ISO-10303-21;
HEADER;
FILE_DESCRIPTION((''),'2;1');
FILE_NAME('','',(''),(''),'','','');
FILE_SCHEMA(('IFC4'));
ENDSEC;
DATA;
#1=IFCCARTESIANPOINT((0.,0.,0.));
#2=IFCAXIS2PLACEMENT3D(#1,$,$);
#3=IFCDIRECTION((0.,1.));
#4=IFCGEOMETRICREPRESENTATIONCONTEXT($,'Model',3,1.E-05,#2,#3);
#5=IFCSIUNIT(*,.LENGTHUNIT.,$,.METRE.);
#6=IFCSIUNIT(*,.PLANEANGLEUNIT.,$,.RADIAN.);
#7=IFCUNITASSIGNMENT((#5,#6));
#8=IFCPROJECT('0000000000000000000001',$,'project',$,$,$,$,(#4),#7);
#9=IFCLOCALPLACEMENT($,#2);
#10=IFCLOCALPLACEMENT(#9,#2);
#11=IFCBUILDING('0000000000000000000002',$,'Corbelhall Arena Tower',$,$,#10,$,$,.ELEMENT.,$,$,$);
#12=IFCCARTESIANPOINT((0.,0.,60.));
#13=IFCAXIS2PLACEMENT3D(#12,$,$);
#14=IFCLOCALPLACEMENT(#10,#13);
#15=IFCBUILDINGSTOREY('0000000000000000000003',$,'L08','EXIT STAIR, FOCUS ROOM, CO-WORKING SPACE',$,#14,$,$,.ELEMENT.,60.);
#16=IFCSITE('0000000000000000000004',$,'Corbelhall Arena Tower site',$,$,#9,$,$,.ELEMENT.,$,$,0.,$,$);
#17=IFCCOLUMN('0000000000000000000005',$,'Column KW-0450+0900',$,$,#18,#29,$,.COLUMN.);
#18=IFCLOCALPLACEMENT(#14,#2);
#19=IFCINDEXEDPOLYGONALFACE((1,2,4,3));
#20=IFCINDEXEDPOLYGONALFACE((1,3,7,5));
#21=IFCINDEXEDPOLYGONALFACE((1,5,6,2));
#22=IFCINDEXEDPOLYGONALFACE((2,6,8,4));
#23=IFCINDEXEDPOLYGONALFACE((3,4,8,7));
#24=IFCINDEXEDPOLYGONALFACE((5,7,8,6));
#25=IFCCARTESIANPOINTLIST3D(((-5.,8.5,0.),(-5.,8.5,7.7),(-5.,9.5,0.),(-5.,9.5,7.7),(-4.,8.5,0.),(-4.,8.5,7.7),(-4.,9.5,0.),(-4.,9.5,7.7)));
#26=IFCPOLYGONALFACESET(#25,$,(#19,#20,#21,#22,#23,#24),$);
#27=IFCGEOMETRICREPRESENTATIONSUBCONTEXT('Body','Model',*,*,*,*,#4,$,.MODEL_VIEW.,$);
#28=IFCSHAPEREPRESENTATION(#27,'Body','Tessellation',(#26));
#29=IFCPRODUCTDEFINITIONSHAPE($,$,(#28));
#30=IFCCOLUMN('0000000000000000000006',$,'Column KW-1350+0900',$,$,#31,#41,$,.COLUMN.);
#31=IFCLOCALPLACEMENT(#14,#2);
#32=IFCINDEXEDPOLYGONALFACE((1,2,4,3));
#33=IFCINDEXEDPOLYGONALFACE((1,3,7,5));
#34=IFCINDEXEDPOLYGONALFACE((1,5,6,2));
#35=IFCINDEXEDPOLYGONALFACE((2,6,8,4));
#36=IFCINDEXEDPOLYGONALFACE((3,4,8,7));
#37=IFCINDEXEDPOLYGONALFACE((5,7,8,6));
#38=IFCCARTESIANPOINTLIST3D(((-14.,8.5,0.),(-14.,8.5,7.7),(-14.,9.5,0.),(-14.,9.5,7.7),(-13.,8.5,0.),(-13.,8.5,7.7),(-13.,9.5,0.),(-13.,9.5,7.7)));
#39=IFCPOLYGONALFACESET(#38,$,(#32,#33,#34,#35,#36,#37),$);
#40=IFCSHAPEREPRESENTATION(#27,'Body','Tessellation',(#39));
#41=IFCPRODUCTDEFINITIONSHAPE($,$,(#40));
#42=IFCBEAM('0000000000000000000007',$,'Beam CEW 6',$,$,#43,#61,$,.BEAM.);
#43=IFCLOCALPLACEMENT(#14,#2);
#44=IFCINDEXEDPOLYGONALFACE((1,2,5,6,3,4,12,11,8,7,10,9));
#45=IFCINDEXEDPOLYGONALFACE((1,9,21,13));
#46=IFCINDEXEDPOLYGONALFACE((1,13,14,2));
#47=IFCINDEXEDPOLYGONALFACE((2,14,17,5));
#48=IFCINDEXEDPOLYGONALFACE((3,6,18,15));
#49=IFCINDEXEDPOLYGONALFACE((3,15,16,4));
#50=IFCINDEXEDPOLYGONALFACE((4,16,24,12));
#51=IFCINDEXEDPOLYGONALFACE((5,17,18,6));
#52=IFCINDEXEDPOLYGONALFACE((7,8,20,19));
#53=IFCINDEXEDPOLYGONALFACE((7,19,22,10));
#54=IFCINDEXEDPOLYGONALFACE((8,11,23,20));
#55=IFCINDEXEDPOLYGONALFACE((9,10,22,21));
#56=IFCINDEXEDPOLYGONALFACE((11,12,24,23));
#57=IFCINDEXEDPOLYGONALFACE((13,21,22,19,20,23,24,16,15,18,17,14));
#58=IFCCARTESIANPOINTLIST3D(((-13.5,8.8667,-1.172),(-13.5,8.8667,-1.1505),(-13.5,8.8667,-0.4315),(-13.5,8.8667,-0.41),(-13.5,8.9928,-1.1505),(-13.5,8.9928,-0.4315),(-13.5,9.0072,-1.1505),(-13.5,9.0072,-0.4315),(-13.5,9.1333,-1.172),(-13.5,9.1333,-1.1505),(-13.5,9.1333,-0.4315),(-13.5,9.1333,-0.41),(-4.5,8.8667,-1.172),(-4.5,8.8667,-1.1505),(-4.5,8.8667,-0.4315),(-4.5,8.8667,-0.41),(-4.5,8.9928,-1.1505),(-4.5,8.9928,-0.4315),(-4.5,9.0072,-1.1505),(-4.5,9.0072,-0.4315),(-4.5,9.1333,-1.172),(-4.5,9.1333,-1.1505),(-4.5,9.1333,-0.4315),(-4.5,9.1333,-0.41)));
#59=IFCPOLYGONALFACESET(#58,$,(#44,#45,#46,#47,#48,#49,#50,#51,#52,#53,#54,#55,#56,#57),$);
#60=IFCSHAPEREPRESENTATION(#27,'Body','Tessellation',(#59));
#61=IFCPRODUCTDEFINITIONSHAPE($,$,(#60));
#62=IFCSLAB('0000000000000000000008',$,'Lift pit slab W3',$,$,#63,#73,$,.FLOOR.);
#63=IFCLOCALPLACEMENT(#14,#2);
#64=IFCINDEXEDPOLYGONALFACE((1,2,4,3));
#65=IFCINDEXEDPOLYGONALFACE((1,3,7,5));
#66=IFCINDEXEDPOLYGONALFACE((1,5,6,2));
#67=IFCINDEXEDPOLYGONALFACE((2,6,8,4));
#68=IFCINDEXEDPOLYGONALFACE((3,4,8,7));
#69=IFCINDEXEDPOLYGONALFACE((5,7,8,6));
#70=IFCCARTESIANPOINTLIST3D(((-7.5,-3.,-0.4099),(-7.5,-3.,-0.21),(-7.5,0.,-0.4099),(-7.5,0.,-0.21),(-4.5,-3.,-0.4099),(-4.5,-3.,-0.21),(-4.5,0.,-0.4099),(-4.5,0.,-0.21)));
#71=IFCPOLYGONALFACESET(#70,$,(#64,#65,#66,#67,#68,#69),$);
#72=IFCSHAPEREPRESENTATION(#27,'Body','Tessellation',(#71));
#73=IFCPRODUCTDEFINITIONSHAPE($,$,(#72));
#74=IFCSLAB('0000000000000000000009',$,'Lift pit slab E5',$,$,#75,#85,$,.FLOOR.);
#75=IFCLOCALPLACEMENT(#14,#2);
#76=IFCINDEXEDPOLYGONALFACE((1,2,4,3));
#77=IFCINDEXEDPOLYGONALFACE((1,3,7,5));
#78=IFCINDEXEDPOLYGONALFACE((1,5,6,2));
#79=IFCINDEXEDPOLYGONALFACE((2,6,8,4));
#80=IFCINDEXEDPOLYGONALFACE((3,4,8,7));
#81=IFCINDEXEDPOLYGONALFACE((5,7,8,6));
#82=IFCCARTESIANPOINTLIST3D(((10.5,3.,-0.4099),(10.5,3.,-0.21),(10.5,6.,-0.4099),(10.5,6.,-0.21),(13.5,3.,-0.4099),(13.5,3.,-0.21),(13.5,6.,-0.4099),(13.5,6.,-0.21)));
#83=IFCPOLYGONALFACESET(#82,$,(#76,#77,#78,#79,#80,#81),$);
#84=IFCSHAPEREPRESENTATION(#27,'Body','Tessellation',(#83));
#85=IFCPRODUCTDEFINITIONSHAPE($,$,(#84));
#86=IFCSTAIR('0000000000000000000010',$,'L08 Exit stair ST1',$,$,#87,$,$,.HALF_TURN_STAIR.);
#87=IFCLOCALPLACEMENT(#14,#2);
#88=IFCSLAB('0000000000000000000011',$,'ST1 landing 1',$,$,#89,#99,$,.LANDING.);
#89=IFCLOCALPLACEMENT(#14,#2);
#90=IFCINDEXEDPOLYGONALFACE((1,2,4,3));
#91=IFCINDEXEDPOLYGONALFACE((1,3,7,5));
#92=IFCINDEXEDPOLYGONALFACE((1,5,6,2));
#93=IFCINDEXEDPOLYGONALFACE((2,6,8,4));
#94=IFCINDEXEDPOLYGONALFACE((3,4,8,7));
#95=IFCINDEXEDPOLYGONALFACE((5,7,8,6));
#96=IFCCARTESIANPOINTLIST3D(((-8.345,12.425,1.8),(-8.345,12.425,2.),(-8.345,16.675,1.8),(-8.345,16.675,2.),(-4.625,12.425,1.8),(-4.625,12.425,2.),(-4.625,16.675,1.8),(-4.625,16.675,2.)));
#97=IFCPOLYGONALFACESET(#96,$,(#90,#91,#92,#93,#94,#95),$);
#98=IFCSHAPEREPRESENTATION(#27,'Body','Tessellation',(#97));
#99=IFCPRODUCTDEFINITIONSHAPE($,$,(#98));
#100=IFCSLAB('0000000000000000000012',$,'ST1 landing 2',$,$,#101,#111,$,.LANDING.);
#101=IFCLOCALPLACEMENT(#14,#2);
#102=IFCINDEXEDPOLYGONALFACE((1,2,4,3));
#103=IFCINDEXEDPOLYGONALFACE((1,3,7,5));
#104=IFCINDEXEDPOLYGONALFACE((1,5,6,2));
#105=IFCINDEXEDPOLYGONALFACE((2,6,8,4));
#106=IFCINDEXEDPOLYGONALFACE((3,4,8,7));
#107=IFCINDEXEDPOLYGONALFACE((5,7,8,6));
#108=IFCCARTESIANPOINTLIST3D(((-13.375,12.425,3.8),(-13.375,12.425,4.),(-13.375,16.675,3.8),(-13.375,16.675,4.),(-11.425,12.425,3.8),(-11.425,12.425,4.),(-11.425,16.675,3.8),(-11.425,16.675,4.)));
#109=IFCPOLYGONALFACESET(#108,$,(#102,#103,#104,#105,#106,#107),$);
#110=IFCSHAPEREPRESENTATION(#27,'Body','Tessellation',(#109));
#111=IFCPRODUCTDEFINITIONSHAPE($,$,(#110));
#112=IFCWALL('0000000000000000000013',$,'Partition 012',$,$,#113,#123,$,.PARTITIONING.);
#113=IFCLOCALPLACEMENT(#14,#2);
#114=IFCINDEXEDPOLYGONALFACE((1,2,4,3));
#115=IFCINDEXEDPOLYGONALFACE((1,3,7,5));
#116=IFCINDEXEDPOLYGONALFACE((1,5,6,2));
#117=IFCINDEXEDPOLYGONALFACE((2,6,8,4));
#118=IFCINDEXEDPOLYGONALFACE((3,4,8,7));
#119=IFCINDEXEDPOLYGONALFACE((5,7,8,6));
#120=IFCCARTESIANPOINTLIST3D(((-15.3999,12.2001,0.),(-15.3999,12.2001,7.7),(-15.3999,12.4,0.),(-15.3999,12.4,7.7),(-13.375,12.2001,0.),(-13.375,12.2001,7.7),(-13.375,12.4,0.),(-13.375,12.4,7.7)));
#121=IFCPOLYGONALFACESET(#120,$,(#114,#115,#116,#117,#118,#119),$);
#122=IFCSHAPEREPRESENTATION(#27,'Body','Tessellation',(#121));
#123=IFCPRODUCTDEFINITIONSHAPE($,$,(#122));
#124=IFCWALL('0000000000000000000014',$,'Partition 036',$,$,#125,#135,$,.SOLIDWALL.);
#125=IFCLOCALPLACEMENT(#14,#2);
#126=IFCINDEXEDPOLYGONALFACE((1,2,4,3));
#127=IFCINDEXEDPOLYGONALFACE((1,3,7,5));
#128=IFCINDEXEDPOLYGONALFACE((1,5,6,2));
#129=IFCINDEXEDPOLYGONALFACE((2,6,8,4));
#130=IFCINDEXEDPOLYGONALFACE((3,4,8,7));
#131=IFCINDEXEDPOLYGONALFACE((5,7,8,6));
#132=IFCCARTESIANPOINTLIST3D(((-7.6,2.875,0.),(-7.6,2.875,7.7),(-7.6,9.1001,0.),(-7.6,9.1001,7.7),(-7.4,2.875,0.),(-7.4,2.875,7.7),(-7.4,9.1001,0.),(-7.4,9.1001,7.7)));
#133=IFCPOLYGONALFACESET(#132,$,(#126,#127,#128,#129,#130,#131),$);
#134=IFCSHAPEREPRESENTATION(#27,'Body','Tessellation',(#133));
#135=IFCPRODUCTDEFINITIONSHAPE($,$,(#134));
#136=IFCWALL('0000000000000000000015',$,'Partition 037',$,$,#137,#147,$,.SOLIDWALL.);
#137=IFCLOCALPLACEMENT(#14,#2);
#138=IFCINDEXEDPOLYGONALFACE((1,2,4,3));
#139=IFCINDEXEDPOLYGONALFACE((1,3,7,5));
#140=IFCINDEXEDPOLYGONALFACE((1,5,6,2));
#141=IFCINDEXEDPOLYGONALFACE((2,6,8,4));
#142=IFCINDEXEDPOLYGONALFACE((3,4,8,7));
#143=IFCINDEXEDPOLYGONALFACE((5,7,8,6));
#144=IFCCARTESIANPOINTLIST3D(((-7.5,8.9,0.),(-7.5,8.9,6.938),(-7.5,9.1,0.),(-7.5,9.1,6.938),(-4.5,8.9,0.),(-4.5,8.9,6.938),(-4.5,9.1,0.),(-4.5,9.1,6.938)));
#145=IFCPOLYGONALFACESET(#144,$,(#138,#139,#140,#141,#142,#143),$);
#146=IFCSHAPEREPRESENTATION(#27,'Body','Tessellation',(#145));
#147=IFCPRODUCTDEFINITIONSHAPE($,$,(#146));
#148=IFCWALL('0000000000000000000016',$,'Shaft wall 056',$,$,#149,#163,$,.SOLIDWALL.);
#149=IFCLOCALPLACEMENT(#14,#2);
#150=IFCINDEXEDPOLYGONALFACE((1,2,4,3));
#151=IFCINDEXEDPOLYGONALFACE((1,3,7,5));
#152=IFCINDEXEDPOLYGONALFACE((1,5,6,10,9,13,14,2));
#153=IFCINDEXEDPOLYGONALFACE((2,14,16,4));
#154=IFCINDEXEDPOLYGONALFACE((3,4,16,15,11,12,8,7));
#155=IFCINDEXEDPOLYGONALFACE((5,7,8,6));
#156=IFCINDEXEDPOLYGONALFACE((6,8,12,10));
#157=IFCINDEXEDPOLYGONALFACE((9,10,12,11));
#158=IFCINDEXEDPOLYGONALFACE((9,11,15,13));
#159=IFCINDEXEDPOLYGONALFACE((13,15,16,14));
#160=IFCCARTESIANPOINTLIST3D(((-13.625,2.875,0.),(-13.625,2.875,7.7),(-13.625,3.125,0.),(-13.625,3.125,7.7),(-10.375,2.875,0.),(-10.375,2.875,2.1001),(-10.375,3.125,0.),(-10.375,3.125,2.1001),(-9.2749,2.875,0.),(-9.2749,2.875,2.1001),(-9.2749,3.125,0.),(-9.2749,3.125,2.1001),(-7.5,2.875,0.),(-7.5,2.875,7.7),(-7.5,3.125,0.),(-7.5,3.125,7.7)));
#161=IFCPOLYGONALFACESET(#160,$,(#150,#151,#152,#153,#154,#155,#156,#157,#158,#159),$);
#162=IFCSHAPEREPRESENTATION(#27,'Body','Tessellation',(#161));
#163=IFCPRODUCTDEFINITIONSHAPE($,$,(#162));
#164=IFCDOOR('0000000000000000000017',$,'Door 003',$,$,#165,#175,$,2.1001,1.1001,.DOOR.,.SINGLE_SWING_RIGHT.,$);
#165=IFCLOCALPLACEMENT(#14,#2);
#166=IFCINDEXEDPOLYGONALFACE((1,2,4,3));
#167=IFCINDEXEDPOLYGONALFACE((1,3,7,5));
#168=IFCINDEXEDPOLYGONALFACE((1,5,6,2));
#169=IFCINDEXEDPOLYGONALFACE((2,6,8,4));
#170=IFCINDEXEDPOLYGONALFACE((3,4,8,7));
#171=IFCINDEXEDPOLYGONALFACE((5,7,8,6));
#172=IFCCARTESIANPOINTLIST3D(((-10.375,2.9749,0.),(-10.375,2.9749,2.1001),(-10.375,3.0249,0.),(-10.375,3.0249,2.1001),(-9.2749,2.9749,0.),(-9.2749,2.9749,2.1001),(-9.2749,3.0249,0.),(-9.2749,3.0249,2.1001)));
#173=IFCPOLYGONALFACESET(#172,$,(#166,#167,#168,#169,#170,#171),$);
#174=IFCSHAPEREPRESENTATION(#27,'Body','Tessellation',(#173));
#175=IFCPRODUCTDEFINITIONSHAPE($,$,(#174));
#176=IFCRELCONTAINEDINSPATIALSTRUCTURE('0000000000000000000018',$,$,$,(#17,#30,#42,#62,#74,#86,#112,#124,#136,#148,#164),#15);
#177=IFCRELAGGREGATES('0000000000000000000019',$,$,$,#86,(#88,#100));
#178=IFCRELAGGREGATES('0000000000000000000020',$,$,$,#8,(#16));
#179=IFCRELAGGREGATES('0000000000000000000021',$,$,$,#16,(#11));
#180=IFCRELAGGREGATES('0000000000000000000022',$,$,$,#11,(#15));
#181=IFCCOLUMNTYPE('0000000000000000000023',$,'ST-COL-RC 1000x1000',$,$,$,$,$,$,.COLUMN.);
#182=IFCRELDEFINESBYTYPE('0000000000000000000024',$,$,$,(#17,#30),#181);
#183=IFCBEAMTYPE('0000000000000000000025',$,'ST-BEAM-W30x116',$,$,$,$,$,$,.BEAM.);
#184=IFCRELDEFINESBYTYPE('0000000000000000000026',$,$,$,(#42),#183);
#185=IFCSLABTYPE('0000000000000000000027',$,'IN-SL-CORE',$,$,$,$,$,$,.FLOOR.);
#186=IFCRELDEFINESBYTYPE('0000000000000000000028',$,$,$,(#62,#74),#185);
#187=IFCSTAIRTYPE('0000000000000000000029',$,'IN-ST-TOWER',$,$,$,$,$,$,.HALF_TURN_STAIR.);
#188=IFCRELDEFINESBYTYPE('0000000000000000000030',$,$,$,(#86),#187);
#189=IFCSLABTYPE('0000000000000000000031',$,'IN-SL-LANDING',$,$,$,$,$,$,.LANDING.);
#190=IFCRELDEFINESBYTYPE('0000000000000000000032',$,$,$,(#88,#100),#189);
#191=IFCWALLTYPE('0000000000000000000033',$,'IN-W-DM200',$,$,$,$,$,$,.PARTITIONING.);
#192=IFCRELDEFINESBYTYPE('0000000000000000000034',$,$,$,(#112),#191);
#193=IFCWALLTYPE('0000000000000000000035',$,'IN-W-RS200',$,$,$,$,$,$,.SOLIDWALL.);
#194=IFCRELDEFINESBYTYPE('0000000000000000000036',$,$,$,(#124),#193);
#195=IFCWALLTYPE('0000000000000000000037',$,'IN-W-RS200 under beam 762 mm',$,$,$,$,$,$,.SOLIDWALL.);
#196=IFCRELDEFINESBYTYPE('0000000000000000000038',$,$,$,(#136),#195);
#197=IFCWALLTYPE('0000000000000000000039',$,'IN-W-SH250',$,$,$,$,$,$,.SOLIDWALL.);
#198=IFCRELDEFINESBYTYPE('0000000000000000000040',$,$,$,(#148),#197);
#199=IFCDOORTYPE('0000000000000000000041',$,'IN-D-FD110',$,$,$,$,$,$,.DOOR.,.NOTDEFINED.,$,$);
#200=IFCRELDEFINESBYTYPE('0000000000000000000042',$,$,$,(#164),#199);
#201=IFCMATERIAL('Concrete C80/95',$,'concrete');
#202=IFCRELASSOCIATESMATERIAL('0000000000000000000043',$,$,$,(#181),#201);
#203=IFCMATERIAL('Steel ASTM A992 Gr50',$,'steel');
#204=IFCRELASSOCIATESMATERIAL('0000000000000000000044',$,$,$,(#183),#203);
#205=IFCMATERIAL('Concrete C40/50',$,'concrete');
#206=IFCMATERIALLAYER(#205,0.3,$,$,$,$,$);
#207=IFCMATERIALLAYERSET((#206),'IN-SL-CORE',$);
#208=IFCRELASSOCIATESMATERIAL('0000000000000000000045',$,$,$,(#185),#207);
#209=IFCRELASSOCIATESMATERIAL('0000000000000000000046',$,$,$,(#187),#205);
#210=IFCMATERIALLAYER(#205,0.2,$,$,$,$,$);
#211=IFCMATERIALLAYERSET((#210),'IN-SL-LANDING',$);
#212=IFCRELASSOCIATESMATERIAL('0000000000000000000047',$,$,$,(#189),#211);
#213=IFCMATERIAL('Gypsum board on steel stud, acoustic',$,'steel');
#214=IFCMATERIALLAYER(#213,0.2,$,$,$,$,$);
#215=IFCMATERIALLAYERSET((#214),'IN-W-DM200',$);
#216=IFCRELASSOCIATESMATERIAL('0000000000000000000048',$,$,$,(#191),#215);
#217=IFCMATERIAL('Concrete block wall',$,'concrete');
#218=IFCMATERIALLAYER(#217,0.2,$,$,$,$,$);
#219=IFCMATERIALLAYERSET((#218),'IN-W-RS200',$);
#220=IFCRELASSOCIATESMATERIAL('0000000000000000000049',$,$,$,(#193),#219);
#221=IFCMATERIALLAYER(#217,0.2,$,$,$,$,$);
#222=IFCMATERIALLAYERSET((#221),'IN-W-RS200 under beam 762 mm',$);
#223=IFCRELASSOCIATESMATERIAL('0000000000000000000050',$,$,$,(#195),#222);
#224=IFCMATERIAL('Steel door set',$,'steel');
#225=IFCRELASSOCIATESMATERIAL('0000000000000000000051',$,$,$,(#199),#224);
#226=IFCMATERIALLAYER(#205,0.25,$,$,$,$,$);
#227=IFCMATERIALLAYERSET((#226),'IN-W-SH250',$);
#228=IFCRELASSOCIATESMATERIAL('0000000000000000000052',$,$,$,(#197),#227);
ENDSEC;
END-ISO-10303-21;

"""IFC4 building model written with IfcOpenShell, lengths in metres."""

from ifc_helpers import new_model, si_unit, direction, frame, frame_2d, origin, origin_2d, place, context, subcontext, project, spatial, polyline, rectangle, i_section, outline, extrude, material, layer, layer_set, material_profile, profile_set, type_object, element, fill, aggregate, save


model = new_model("IFC4")

# Units and contexts
model_context = context("Model", 3, precision=1e-05, world=origin(), true_north=direction((0.0, 1.0)))
body_context = subcontext(model_context, "Body", "Model", "MODEL_VIEW")
ifc_project = project(units=[si_unit("LENGTHUNIT", "METRE"), si_unit("PLANEANGLEUNIT", "RADIAN")], contexts=[model_context])

# Site, building, storey
site_placement = place(None, origin())
site = spatial("IfcSite", under=ifc_project, at=site_placement, Name="Corbelhall Arena Tower site", CompositionType="ELEMENT", RefElevation=0.0)
building_placement = place(site_placement, origin())
building = spatial("IfcBuilding", under=site, at=building_placement, Name="Corbelhall Arena Tower", CompositionType="ELEMENT")
storey_placement = place(building_placement, frame((0.0, 0.0, 60.0)))
storey = spatial("IfcBuildingStorey", under=building, at=storey_placement, Name="L08", Description="EXIT STAIR, FOCUS ROOM, CO-WORKING SPACE", CompositionType="ELEMENT", Elevation=60.0)

# Columns
ifc_material_1 = material(Name="Concrete C80/95", Category="concrete")
ifc_material_profile_1 = material_profile(ifc_material_1, rectangle(XDim=1.0, YDim=1.0, at=origin_2d()))
ifc_profile_set_1 = profile_set([ifc_material_profile_1], Name="Concrete C80/95")
column_type = type_object("IfcColumnType", Name="ST-COL-RC 1000x1000", PredefinedType="COLUMN", material=ifc_profile_set_1)
for number, where, z_axis, x_axis, name in (
    (1, (-4.5, 9.0, 0.0), (0.0, 0.0, 1.0), (1.0, 0.0, 0.0), "Column KW-0450+0900"),
    (2, (-13.5, 9.0, 0.0), (0.0, 0.0, 1.0), (1.0, 0.0, 0.0), "Column KW-1350+0900"),
):
    element("IfcColumn", number, at=place(storey_placement, frame(where, z_axis=z_axis, x_axis=x_axis)), inside=storey, type_object=column_type, Name=name, PredefinedType="COLUMN", context=body_context, shape_type="SweptSolid", body=[
        extrude(rectangle(XDim=1.0, YDim=1.0, at=origin_2d()), origin(), (0.0, 0.0, 1.0), 7.7),
    ])

# Beam
ifc_material_2 = material(Name="Steel ASTM A992 Gr50", Category="steel")
ifc_material_profile_2 = material_profile(ifc_material_2, i_section(OverallWidth=0.2666, OverallDepth=0.762, WebThickness=0.0144, FlangeThickness=0.0215, at=origin_2d()))
ifc_profile_set_2 = profile_set([ifc_material_profile_2], Name="Steel ASTM A992 Gr50")
beam_type = type_object("IfcBeamType", Name="ST-BEAM-W30x116", PredefinedType="BEAM", material=ifc_profile_set_2)
beam_placement = place(storey_placement, frame((-13.5, 9.0, -0.791), z_axis=(1.0, 0.0, 0.0), x_axis=(0.0, 1.0, 0.0)))
element("IfcBeam", 3, at=beam_placement, inside=storey, type_object=beam_type, Name="Beam CEW 6", PredefinedType="BEAM", context=body_context, shape_type="SweptSolid", body=[
    extrude(i_section(OverallWidth=0.2666, OverallDepth=0.762, WebThickness=0.0144, FlangeThickness=0.0215, at=origin_2d()), origin(), (0.0, 0.0, 1.0), 9.0),
])

# Slabs
ifc_material_3 = material(Name="Concrete C40/50", Category="concrete")
ifc_layer_1 = layer(ifc_material_3, 0.3)
ifc_layer_set_1 = layer_set([ifc_layer_1], Name="IN-SL-CORE")
slab_type_1 = type_object("IfcSlabType", Name="IN-SL-CORE", PredefinedType="FLOOR", material=ifc_layer_set_1)
slab_1_placement = place(storey_placement, frame((0.0, 0.0, -0.4099)))
element("IfcSlab", 4, at=slab_1_placement, inside=storey, type_object=slab_type_1, Name="Lift pit slab W3", PredefinedType="FLOOR", context=body_context, shape_type="SweptSolid", body=[
    extrude(outline(polyline([(-4.5, -3.0), (-4.5, 0.0), (-7.5, 0.0), (-7.5, -3.0), (-4.5, -3.0)])), origin(), (0.0, 0.0, 1.0), 0.2),
])
slab_2_placement = place(storey_placement, frame((0.0, 0.0, -0.4099)))
element("IfcSlab", 5, at=slab_2_placement, inside=storey, type_object=slab_type_1, Name="Lift pit slab E5", PredefinedType="FLOOR", context=body_context, shape_type="SweptSolid", body=[
    extrude(outline(polyline([(13.5, 3.0), (13.5, 6.0), (10.5, 6.0), (10.5, 3.0), (13.5, 3.0)])), origin(), (0.0, 0.0, 1.0), 0.2),
])

# Stair, slabs
stair_type = type_object("IfcStairType", Name="IN-ST-TOWER", PredefinedType="HALF_TURN_STAIR", material=ifc_material_3)
stair_placement = place(storey_placement, origin())
stair = element("IfcStair", 6, at=stair_placement, inside=storey, type_object=stair_type, Name="L08 Exit stair ST1", PredefinedType="HALF_TURN_STAIR")
ifc_layer_2 = layer(ifc_material_3, 0.2)
ifc_layer_set_2 = layer_set([ifc_layer_2], Name="IN-SL-LANDING")
slab_type_2 = type_object("IfcSlabType", Name="IN-SL-LANDING", PredefinedType="LANDING", material=ifc_layer_set_2)
slab_3_placement = place(storey_placement, frame((0.0, 0.0, 1.8)))
slab_3 = element("IfcSlab", 7, at=slab_3_placement, type_object=slab_type_2, Name="ST1 landing 1", PredefinedType="LANDING", context=body_context, shape_type="SweptSolid", body=[
    extrude(outline(polyline([(-8.345, 12.425), (-4.625, 12.425), (-4.625, 16.675), (-8.345, 16.675), (-8.345, 12.425)])), origin(), (0.0, 0.0, 1.0), 0.2),
])
slab_4_placement = place(storey_placement, frame((0.0, 0.0, 3.8)))
slab_4 = element("IfcSlab", 8, at=slab_4_placement, type_object=slab_type_2, Name="ST1 landing 2", PredefinedType="LANDING", context=body_context, shape_type="SweptSolid", body=[
    extrude(outline(polyline([(-13.375, 12.425), (-11.425, 12.425), (-11.425, 16.675), (-13.375, 16.675), (-13.375, 12.425)])), origin(), (0.0, 0.0, 1.0), 0.2),
])
aggregate(stair, [slab_3, slab_4])

# Shared definitions
ifc_material_4 = material(Name="Gypsum board on steel stud, acoustic", Category="steel")
ifc_layer_3 = layer(ifc_material_4, 0.2)
ifc_layer_set_3 = layer_set([ifc_layer_3], Name="IN-W-DM200")
wall_type_1 = type_object("IfcWallType", Name="IN-W-DM200", PredefinedType="PARTITIONING", material=ifc_layer_set_3)
ifc_material_5 = material(Name="Steel door set", Category="steel")

# Walls
wall_1_placement = place(storey_placement, frame((-15.3999, 12.3, 0.0), z_axis=(0.0, 0.0, 1.0), x_axis=(1.0, 0.0, 0.0)))
element("IfcWall", 9, at=wall_1_placement, inside=storey, type_object=wall_type_1, Name="Partition 012", PredefinedType="PARTITIONING", context=body_context, shape_type="SweptSolid", body=[
    extrude(rectangle(XDim=2.0249, YDim=0.2, at=frame_2d((1.0125, 0.0))), origin(), (0.0, 0.0, 1.0), 7.7),
])
ifc_material_6 = material(Name="Concrete block wall", Category="concrete")
ifc_layer_4 = layer(ifc_material_6, 0.2)
ifc_layer_set_4 = layer_set([ifc_layer_4], Name="IN-W-RS200")
wall_type_2 = type_object("IfcWallType", Name="IN-W-RS200", PredefinedType="SOLIDWALL", material=ifc_layer_set_4)
wall_2_placement = place(storey_placement, frame((-7.5, 2.875, 0.0), z_axis=(0.0, 0.0, 1.0), x_axis=(0.0, 1.0, 0.0)))
element("IfcWall", 10, at=wall_2_placement, inside=storey, type_object=wall_type_2, Name="Partition 036", PredefinedType="SOLIDWALL", context=body_context, shape_type="SweptSolid", body=[
    extrude(rectangle(XDim=6.2251, YDim=0.2, at=frame_2d((3.1125, 0.0))), origin(), (0.0, 0.0, 1.0), 7.7),
])
ifc_layer_5 = layer(ifc_material_6, 0.2)
ifc_layer_set_5 = layer_set([ifc_layer_5], Name="IN-W-RS200 under beam 762 mm")
wall_type_3 = type_object("IfcWallType", Name="IN-W-RS200 under beam 762 mm", PredefinedType="SOLIDWALL", material=ifc_layer_set_5)
wall_3_placement = place(storey_placement, frame((-7.5, 9.0, 0.0), z_axis=(0.0, 0.0, 1.0), x_axis=(1.0, 0.0, 0.0)))
element("IfcWall", 11, at=wall_3_placement, inside=storey, type_object=wall_type_3, Name="Partition 037", PredefinedType="SOLIDWALL", context=body_context, shape_type="SweptSolid", body=[
    extrude(rectangle(XDim=3.0, YDim=0.2, at=frame_2d((1.5, 0.0))), origin(), (0.0, 0.0, 1.0), 6.938),
])

# Wall, opening, door
door_type_1 = type_object("IfcDoorType", Name="IN-D-FD110", OperationType="NOTDEFINED", PredefinedType="DOOR", material=ifc_material_5)
ifc_layer_6 = layer(ifc_material_3, 0.25)
ifc_layer_set_6 = layer_set([ifc_layer_6], Name="IN-W-SH250")
wall_type_4 = type_object("IfcWallType", Name="IN-W-SH250", PredefinedType="SOLIDWALL", material=ifc_layer_set_6)
wall_4_placement = place(storey_placement, frame((-13.625, 3.0, 0.0), z_axis=(0.0, 0.0, 1.0), x_axis=(1.0, 0.0, 0.0)))
wall_4 = element("IfcWall", 12, at=wall_4_placement, inside=storey, type_object=wall_type_4, Name="Shaft wall 056", PredefinedType="SOLIDWALL", context=body_context, shape_type="SweptSolid", body=[
    extrude(rectangle(XDim=6.125, YDim=0.25, at=frame_2d((3.0625, 0.0))), origin(), (0.0, 0.0, 1.0), 7.7),
])
opening_1_placement = place(wall_4_placement, frame((3.25, 0.0, 0.0)))
opening_1 = element("IfcOpeningElement", 13, at=opening_1_placement, cuts=wall_4, PredefinedType="OPENING", context=body_context, shape_type="SweptSolid", body=[
    extrude(rectangle(XDim=1.1001, YDim=2.1001, at=frame_2d((0.55, 1.05))), frame((0.0, 0.125, 0.0), z_axis=(0.0, -1.0, 0.0), x_axis=(1.0, 0.0, 0.0)), (0.0, 0.0, 1.0), 0.25),
])
door_1_placement = place(opening_1_placement, origin())
door_1 = element("IfcDoor", 14, at=door_1_placement, inside=storey, type_object=door_type_1, Name="Door 003", OperationType="SINGLE_SWING_RIGHT", OverallHeight=2.1001, OverallWidth=1.1001, PredefinedType="DOOR", context=body_context, shape_type="SweptSolid", body=[
    extrude(rectangle(XDim=1.1001, YDim=2.1001, at=frame_2d((0.55, 1.05))), frame((0.0, 0.0249, 0.0), z_axis=(0.0, -1.0, 0.0), x_axis=(1.0, 0.0, 0.0)), (0.0, 0.0, 1.0), 0.05),
])
fill(opening_1, door_1)

save(model, "model.ifc")
